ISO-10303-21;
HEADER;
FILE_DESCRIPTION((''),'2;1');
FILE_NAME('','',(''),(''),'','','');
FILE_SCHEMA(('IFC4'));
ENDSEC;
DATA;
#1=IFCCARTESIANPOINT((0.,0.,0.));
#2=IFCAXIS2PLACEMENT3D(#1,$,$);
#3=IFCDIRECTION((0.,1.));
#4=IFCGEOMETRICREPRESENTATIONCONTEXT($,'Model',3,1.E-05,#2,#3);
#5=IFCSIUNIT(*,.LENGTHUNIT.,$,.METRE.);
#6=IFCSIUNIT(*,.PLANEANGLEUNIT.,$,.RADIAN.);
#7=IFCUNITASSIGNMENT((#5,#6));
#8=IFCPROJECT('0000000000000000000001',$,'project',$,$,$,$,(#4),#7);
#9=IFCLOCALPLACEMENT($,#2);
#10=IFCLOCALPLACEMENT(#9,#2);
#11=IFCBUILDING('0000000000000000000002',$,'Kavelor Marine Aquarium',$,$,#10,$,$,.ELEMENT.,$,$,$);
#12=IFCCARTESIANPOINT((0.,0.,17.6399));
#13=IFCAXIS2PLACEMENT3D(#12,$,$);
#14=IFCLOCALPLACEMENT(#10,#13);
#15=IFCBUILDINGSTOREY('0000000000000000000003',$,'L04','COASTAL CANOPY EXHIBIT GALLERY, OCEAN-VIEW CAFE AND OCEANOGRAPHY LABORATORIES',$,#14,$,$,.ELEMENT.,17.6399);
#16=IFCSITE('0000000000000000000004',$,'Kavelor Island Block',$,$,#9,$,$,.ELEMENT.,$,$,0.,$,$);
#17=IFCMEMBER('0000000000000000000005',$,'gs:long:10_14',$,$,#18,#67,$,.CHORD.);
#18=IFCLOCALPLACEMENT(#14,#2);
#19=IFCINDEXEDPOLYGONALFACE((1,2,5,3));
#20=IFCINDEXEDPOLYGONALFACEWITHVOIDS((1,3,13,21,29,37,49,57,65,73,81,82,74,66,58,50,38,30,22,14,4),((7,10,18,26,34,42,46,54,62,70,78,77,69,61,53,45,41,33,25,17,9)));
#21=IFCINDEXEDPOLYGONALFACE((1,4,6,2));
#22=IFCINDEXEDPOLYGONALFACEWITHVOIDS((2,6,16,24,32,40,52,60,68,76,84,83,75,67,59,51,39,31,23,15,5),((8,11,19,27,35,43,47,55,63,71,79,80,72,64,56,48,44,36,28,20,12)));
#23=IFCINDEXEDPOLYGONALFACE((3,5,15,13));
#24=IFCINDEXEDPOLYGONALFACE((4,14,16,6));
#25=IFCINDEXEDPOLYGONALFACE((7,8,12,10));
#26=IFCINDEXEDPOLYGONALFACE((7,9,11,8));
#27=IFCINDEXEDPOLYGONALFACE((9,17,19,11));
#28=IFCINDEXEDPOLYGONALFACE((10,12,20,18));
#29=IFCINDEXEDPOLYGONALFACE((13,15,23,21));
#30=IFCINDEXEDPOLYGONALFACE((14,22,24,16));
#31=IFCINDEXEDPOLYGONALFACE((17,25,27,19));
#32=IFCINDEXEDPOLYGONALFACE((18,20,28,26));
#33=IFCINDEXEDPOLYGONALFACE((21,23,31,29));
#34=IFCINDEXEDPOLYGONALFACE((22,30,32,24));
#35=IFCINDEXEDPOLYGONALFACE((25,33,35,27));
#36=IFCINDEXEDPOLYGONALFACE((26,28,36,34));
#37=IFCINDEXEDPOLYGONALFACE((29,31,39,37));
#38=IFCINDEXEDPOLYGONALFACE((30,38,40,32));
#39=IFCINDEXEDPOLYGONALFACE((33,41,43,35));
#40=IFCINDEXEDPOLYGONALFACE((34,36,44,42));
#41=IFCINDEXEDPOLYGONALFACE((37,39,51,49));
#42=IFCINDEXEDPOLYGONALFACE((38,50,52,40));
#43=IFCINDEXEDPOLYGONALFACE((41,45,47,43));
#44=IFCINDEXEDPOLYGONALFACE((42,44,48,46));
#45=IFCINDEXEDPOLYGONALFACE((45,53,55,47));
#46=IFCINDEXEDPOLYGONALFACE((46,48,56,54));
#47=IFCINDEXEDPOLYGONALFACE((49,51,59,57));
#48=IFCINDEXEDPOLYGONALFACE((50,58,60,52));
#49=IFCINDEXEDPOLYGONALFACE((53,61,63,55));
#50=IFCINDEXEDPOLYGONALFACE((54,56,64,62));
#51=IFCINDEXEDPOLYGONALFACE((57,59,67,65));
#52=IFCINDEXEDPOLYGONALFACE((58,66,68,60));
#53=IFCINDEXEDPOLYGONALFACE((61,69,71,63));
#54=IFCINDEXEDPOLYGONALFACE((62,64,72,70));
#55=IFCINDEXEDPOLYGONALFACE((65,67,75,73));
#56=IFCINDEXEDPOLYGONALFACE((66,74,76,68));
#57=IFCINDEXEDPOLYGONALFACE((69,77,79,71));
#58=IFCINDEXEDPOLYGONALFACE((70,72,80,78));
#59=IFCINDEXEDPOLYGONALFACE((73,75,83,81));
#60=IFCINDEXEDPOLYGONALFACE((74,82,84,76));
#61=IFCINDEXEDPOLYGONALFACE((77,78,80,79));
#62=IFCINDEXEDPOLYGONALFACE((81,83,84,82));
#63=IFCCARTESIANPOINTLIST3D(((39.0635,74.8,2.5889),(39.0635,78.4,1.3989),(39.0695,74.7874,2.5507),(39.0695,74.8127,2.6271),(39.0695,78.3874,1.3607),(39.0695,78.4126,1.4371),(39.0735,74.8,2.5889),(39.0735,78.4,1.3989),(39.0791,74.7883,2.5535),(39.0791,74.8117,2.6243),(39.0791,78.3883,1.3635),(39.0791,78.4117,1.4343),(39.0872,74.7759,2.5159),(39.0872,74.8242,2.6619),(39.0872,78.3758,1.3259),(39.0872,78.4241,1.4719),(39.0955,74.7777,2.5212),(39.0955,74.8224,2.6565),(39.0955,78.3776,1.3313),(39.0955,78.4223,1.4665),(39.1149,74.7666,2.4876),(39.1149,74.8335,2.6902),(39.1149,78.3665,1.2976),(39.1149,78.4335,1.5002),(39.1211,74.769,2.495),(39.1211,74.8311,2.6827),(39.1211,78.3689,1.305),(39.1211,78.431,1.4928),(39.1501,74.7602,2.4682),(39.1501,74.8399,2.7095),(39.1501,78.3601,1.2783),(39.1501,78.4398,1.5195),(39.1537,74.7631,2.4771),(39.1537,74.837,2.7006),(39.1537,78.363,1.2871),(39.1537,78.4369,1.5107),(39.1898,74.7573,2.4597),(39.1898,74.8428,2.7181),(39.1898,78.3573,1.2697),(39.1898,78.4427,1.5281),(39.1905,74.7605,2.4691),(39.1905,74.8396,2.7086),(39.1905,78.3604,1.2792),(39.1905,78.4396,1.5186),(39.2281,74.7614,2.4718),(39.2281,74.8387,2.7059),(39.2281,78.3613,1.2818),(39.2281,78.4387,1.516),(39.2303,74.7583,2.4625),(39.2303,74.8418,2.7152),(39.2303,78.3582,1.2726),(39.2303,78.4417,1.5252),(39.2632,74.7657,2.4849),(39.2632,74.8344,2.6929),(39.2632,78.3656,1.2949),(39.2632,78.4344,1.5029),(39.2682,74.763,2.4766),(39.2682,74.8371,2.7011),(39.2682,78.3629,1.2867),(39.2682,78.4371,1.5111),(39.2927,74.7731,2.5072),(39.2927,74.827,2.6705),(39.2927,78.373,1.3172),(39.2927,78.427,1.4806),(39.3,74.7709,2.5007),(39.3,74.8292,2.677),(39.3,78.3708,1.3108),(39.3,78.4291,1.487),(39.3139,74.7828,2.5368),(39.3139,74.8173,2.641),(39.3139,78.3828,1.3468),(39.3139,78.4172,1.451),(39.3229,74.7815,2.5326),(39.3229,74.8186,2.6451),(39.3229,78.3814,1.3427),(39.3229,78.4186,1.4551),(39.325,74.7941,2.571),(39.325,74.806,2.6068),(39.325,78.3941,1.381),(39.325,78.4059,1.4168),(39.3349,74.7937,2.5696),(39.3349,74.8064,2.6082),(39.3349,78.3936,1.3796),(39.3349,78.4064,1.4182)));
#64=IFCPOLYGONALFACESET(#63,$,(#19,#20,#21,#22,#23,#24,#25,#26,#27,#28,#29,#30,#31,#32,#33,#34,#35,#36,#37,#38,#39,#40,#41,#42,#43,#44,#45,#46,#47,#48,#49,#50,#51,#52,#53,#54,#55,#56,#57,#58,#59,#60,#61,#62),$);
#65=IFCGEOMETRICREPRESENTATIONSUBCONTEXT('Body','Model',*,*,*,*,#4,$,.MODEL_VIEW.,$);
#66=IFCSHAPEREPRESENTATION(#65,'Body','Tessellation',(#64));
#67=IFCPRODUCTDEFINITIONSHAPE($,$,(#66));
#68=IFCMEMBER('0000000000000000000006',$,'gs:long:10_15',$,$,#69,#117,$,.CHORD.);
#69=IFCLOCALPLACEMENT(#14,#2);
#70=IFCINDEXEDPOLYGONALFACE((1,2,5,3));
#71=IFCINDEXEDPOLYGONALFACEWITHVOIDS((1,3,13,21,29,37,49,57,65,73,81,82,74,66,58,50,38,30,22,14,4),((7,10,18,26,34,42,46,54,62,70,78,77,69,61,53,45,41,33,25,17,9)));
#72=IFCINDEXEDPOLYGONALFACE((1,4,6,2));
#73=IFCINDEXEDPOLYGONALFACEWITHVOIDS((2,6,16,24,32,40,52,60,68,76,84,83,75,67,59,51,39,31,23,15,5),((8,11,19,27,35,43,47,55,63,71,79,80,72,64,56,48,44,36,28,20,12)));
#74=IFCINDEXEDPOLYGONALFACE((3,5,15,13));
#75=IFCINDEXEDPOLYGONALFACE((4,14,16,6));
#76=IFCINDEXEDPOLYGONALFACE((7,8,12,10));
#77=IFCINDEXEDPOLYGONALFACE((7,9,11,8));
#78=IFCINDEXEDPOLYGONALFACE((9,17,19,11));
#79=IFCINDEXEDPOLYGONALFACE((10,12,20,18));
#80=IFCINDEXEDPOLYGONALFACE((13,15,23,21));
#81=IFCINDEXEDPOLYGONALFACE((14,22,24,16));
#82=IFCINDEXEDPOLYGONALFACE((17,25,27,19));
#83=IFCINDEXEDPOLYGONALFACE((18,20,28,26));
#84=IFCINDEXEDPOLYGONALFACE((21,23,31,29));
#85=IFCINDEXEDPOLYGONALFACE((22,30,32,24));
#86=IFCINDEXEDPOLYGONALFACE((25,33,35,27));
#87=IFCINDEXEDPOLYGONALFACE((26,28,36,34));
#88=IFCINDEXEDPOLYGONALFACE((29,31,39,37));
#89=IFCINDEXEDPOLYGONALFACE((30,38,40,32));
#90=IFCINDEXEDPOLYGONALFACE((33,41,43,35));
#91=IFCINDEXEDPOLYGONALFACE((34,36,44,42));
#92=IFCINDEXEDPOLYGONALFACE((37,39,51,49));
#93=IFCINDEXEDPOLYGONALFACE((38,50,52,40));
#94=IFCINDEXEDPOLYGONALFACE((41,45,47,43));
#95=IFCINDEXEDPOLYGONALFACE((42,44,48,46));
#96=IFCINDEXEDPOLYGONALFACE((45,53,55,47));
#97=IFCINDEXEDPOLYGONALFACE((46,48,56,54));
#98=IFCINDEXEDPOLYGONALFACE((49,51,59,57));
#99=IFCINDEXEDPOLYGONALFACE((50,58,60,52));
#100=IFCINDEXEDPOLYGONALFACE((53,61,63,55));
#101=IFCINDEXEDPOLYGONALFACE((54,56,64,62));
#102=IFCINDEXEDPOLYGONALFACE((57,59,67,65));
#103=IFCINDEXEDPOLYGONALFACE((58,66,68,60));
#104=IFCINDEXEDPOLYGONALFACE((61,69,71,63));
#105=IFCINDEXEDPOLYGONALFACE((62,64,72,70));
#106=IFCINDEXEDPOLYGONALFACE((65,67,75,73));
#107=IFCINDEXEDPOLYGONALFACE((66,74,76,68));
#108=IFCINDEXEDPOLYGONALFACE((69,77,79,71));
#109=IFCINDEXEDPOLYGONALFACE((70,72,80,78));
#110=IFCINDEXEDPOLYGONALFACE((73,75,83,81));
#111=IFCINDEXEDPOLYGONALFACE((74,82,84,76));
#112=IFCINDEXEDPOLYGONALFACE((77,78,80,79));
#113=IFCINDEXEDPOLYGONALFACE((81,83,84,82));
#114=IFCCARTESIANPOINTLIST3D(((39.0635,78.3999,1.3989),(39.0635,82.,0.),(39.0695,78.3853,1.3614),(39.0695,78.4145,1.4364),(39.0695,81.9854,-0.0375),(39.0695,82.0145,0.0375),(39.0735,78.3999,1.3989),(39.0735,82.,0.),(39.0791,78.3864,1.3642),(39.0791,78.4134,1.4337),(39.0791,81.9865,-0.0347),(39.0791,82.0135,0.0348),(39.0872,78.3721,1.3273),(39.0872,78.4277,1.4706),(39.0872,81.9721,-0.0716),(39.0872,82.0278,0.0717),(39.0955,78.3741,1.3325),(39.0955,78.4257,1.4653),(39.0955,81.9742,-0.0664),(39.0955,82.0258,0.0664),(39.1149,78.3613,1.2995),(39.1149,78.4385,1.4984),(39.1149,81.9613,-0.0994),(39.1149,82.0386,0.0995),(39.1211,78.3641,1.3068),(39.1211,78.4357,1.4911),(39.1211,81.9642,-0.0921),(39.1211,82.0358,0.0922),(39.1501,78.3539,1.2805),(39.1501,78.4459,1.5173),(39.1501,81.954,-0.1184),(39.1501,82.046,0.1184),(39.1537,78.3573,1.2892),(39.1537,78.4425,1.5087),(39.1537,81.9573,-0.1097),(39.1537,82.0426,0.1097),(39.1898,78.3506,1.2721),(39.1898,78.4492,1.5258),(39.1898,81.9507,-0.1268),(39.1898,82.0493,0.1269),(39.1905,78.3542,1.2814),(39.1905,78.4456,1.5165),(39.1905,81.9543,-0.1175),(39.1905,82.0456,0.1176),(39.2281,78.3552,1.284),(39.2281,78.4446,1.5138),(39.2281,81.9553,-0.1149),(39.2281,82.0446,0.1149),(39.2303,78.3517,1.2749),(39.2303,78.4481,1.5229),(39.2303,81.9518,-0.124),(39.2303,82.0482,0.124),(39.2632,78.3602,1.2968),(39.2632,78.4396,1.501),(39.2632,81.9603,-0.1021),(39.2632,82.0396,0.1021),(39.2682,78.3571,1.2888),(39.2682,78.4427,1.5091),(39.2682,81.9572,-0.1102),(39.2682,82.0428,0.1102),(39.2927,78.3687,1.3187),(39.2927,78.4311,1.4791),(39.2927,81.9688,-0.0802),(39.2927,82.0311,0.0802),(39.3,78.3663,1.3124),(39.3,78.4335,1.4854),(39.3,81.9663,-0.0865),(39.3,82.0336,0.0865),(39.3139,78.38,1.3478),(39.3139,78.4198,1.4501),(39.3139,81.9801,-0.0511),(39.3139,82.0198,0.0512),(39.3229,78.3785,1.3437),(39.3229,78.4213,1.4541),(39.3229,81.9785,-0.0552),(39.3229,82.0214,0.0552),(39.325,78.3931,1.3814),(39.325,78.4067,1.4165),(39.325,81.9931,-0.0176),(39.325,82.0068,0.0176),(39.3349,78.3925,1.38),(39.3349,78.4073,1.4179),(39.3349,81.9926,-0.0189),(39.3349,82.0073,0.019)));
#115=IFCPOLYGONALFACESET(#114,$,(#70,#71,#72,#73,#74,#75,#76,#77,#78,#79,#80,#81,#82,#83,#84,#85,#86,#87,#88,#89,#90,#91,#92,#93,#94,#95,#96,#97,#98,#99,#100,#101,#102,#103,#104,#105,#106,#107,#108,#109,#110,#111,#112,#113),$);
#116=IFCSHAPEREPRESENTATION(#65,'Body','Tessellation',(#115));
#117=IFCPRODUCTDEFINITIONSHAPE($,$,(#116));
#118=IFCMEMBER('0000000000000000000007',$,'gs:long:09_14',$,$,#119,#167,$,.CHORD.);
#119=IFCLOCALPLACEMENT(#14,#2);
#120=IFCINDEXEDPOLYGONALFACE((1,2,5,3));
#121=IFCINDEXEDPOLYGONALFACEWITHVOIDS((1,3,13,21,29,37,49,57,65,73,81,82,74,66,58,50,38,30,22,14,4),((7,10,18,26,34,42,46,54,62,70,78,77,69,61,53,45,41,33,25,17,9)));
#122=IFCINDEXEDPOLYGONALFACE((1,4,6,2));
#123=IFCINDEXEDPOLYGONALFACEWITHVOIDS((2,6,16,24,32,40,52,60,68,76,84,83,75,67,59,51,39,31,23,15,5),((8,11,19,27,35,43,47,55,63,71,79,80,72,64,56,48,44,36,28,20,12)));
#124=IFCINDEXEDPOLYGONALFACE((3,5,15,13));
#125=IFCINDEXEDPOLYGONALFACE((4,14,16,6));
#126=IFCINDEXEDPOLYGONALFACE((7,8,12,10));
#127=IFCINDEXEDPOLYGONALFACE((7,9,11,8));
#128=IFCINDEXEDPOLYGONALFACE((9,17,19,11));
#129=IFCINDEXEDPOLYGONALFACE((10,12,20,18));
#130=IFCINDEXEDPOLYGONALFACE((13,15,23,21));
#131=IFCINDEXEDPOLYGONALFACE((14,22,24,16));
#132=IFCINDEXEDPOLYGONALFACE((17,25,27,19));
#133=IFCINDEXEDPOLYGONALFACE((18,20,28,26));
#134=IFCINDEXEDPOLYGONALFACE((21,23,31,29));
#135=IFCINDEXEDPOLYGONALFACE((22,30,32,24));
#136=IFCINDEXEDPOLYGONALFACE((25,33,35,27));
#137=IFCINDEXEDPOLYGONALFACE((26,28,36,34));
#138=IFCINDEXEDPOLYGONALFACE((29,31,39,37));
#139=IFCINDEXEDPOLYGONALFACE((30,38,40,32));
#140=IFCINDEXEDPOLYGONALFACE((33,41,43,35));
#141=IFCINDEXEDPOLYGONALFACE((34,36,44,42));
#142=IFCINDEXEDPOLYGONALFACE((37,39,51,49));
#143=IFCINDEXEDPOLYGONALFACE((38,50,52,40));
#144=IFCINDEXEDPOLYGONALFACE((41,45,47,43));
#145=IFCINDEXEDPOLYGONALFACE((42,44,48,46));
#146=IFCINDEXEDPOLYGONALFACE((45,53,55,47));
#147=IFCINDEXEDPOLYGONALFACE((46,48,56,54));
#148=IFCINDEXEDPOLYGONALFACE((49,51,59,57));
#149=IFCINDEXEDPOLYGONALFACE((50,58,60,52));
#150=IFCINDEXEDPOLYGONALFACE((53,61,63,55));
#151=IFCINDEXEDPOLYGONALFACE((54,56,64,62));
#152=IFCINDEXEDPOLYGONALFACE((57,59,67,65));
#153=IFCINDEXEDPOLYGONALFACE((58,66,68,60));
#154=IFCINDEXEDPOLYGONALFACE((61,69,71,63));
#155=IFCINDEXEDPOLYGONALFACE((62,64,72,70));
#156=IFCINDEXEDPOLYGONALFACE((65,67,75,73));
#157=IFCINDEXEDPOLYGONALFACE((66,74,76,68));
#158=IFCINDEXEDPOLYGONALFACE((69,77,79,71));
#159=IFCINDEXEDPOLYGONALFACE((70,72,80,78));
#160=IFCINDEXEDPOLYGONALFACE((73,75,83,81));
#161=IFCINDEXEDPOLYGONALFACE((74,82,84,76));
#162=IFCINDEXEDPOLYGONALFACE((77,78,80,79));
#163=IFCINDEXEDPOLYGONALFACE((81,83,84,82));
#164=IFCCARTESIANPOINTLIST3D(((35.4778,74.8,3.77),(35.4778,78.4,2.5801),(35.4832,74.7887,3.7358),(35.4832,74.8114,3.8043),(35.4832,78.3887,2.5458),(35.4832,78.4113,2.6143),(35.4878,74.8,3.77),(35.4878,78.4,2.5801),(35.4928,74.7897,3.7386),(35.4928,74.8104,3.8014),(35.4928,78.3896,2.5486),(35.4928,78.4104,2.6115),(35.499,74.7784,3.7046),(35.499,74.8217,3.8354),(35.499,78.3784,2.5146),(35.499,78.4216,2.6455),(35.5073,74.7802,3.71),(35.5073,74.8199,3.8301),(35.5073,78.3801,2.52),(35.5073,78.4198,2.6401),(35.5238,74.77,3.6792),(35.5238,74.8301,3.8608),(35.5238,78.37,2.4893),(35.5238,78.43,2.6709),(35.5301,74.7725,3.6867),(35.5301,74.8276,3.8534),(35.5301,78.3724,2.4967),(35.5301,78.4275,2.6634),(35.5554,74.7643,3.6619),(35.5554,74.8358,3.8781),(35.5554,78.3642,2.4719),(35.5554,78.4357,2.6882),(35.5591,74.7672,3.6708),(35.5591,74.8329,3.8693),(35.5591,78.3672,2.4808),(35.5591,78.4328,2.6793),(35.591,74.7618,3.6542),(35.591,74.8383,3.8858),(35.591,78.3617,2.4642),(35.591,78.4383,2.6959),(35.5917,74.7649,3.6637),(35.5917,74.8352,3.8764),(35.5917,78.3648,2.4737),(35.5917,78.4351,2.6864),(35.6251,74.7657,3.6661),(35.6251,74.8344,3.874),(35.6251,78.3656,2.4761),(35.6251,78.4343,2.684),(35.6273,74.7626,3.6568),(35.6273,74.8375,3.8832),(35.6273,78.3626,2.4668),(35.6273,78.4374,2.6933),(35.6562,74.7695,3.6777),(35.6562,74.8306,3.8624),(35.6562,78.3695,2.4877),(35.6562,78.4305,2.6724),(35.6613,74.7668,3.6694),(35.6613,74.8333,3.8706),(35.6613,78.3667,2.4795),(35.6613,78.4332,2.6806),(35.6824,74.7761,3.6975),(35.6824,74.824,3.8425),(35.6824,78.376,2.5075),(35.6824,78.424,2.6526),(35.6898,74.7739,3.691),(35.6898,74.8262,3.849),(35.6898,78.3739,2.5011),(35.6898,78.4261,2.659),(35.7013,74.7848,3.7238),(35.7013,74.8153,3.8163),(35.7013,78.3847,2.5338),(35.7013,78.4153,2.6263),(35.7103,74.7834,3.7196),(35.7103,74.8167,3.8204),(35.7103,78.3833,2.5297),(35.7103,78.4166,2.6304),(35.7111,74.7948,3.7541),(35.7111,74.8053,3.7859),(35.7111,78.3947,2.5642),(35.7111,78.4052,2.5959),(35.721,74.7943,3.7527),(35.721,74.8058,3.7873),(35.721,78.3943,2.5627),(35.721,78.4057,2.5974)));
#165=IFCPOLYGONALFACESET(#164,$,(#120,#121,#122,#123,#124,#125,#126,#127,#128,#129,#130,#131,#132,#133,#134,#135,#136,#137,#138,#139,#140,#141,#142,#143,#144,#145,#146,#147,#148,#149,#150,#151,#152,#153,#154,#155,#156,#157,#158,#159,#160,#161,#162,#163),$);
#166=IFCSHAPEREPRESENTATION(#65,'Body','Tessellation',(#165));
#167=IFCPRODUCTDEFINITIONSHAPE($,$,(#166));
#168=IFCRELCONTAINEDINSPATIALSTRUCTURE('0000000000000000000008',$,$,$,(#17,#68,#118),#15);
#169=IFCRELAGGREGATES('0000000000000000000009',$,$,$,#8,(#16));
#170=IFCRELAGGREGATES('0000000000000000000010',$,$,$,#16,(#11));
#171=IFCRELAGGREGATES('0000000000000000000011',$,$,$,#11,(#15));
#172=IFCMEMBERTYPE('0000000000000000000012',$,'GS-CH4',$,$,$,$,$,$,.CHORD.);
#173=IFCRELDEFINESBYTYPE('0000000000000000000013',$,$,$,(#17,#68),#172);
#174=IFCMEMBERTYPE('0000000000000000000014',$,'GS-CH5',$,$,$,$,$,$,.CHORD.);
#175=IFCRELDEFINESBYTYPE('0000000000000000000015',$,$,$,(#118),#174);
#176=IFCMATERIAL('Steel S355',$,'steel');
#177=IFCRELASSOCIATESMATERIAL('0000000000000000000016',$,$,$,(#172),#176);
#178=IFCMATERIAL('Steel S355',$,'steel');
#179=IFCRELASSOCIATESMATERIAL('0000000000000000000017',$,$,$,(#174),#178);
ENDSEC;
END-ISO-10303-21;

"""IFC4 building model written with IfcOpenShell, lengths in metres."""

from ifc_helpers import new_model, si_unit, direction, frame, origin, origin_2d, place, context, subcontext, project, spatial, hollow_circle, extrude, material, material_profile, profile_set, type_object, element, save


model = new_model("IFC4")

# Units and contexts
model_context = context("Model", 3, precision=1e-05, world=origin(), true_north=direction((0.0, 1.0)))
body_context = subcontext(model_context, "Body", "Model", "MODEL_VIEW")
ifc_project = project(units=[si_unit("LENGTHUNIT", "METRE"), si_unit("PLANEANGLEUNIT", "RADIAN")], contexts=[model_context])

# Site, building, storey
site_placement = place(None, origin())
site = spatial("IfcSite", under=ifc_project, at=site_placement, Name="Kavelor Island Block", CompositionType="ELEMENT", RefElevation=0.0)
building_placement = place(site_placement, origin())
building = spatial("IfcBuilding", under=site, at=building_placement, Name="Kavelor Marine Aquarium", CompositionType="ELEMENT")
storey_placement = place(building_placement, frame((0.0, 0.0, 17.6399)))
storey = spatial("IfcBuildingStorey", under=building, at=storey_placement, Name="L04", Description="COASTAL CANOPY EXHIBIT GALLERY, OCEAN-VIEW CAFE AND OCEANOGRAPHY LABORATORIES", CompositionType="ELEMENT", Elevation=17.6399)

# Members
ifc_material_1 = material(Name="Steel S355", Category="steel")
ifc_material_profile_1 = material_profile(ifc_material_1, hollow_circle(Radius=0.1365, WallThickness=0.01, at=origin_2d()), Name="CHS 273.0x10.0")
ifc_profile_set_1 = profile_set([ifc_material_profile_1], Name="Steel S355")
member_type_1 = type_object("IfcMemberType", Name="GS-CH4", PredefinedType="CHORD", material=ifc_profile_set_1)
member_1_placement = place(storey_placement, frame((39.2, 74.8, 2.5889), z_axis=(0.0, 0.949472, -0.313851), x_axis=(-1.0, 0.0, 0.0)))
element("IfcMember", 1, at=member_1_placement, inside=storey, type_object=member_type_1, Name="gs:long:10_14", PredefinedType="CHORD", context=body_context, shape_type="SweptSolid", body=[
    extrude(hollow_circle(Radius=0.1365, WallThickness=0.01, at=origin_2d()), origin(), (0.0, 0.0, 1.0), 3.7915),
])
member_2_placement = place(storey_placement, frame((39.2, 78.3999, 1.3989), z_axis=(0.0, 0.932102, -0.362196), x_axis=(-1.0, 0.0, 0.0)))
element("IfcMember", 2, at=member_2_placement, inside=storey, type_object=member_type_1, Name="gs:long:10_15", PredefinedType="CHORD", context=body_context, shape_type="SweptSolid", body=[
    extrude(hollow_circle(Radius=0.1365, WallThickness=0.01, at=origin_2d()), origin(), (0.0, 0.0, 1.0), 3.8623),
])
ifc_material_2 = material(Name="Steel S355", Category="steel")
ifc_material_profile_2 = material_profile(ifc_material_2, hollow_circle(Radius=0.1223, WallThickness=0.01, at=origin_2d()), Name="CHS 244.5x10.0")
ifc_profile_set_2 = profile_set([ifc_material_profile_2], Name="Steel S355")
member_type_2 = type_object("IfcMemberType", Name="GS-CH5", PredefinedType="CHORD", material=ifc_profile_set_2)
member_3_placement = place(storey_placement, frame((35.6001, 74.8, 3.77), z_axis=(0.0, 0.949472, -0.313851), x_axis=(-1.0, 0.0, 0.0)))
element("IfcMember", 3, at=member_3_placement, inside=storey, type_object=member_type_2, Name="gs:long:09_14", PredefinedType="CHORD", context=body_context, shape_type="SweptSolid", body=[
    extrude(hollow_circle(Radius=0.1223, WallThickness=0.01, at=origin_2d()), origin(), (0.0, 0.0, 1.0), 3.7915),
])

save(model, "model.ifc")
